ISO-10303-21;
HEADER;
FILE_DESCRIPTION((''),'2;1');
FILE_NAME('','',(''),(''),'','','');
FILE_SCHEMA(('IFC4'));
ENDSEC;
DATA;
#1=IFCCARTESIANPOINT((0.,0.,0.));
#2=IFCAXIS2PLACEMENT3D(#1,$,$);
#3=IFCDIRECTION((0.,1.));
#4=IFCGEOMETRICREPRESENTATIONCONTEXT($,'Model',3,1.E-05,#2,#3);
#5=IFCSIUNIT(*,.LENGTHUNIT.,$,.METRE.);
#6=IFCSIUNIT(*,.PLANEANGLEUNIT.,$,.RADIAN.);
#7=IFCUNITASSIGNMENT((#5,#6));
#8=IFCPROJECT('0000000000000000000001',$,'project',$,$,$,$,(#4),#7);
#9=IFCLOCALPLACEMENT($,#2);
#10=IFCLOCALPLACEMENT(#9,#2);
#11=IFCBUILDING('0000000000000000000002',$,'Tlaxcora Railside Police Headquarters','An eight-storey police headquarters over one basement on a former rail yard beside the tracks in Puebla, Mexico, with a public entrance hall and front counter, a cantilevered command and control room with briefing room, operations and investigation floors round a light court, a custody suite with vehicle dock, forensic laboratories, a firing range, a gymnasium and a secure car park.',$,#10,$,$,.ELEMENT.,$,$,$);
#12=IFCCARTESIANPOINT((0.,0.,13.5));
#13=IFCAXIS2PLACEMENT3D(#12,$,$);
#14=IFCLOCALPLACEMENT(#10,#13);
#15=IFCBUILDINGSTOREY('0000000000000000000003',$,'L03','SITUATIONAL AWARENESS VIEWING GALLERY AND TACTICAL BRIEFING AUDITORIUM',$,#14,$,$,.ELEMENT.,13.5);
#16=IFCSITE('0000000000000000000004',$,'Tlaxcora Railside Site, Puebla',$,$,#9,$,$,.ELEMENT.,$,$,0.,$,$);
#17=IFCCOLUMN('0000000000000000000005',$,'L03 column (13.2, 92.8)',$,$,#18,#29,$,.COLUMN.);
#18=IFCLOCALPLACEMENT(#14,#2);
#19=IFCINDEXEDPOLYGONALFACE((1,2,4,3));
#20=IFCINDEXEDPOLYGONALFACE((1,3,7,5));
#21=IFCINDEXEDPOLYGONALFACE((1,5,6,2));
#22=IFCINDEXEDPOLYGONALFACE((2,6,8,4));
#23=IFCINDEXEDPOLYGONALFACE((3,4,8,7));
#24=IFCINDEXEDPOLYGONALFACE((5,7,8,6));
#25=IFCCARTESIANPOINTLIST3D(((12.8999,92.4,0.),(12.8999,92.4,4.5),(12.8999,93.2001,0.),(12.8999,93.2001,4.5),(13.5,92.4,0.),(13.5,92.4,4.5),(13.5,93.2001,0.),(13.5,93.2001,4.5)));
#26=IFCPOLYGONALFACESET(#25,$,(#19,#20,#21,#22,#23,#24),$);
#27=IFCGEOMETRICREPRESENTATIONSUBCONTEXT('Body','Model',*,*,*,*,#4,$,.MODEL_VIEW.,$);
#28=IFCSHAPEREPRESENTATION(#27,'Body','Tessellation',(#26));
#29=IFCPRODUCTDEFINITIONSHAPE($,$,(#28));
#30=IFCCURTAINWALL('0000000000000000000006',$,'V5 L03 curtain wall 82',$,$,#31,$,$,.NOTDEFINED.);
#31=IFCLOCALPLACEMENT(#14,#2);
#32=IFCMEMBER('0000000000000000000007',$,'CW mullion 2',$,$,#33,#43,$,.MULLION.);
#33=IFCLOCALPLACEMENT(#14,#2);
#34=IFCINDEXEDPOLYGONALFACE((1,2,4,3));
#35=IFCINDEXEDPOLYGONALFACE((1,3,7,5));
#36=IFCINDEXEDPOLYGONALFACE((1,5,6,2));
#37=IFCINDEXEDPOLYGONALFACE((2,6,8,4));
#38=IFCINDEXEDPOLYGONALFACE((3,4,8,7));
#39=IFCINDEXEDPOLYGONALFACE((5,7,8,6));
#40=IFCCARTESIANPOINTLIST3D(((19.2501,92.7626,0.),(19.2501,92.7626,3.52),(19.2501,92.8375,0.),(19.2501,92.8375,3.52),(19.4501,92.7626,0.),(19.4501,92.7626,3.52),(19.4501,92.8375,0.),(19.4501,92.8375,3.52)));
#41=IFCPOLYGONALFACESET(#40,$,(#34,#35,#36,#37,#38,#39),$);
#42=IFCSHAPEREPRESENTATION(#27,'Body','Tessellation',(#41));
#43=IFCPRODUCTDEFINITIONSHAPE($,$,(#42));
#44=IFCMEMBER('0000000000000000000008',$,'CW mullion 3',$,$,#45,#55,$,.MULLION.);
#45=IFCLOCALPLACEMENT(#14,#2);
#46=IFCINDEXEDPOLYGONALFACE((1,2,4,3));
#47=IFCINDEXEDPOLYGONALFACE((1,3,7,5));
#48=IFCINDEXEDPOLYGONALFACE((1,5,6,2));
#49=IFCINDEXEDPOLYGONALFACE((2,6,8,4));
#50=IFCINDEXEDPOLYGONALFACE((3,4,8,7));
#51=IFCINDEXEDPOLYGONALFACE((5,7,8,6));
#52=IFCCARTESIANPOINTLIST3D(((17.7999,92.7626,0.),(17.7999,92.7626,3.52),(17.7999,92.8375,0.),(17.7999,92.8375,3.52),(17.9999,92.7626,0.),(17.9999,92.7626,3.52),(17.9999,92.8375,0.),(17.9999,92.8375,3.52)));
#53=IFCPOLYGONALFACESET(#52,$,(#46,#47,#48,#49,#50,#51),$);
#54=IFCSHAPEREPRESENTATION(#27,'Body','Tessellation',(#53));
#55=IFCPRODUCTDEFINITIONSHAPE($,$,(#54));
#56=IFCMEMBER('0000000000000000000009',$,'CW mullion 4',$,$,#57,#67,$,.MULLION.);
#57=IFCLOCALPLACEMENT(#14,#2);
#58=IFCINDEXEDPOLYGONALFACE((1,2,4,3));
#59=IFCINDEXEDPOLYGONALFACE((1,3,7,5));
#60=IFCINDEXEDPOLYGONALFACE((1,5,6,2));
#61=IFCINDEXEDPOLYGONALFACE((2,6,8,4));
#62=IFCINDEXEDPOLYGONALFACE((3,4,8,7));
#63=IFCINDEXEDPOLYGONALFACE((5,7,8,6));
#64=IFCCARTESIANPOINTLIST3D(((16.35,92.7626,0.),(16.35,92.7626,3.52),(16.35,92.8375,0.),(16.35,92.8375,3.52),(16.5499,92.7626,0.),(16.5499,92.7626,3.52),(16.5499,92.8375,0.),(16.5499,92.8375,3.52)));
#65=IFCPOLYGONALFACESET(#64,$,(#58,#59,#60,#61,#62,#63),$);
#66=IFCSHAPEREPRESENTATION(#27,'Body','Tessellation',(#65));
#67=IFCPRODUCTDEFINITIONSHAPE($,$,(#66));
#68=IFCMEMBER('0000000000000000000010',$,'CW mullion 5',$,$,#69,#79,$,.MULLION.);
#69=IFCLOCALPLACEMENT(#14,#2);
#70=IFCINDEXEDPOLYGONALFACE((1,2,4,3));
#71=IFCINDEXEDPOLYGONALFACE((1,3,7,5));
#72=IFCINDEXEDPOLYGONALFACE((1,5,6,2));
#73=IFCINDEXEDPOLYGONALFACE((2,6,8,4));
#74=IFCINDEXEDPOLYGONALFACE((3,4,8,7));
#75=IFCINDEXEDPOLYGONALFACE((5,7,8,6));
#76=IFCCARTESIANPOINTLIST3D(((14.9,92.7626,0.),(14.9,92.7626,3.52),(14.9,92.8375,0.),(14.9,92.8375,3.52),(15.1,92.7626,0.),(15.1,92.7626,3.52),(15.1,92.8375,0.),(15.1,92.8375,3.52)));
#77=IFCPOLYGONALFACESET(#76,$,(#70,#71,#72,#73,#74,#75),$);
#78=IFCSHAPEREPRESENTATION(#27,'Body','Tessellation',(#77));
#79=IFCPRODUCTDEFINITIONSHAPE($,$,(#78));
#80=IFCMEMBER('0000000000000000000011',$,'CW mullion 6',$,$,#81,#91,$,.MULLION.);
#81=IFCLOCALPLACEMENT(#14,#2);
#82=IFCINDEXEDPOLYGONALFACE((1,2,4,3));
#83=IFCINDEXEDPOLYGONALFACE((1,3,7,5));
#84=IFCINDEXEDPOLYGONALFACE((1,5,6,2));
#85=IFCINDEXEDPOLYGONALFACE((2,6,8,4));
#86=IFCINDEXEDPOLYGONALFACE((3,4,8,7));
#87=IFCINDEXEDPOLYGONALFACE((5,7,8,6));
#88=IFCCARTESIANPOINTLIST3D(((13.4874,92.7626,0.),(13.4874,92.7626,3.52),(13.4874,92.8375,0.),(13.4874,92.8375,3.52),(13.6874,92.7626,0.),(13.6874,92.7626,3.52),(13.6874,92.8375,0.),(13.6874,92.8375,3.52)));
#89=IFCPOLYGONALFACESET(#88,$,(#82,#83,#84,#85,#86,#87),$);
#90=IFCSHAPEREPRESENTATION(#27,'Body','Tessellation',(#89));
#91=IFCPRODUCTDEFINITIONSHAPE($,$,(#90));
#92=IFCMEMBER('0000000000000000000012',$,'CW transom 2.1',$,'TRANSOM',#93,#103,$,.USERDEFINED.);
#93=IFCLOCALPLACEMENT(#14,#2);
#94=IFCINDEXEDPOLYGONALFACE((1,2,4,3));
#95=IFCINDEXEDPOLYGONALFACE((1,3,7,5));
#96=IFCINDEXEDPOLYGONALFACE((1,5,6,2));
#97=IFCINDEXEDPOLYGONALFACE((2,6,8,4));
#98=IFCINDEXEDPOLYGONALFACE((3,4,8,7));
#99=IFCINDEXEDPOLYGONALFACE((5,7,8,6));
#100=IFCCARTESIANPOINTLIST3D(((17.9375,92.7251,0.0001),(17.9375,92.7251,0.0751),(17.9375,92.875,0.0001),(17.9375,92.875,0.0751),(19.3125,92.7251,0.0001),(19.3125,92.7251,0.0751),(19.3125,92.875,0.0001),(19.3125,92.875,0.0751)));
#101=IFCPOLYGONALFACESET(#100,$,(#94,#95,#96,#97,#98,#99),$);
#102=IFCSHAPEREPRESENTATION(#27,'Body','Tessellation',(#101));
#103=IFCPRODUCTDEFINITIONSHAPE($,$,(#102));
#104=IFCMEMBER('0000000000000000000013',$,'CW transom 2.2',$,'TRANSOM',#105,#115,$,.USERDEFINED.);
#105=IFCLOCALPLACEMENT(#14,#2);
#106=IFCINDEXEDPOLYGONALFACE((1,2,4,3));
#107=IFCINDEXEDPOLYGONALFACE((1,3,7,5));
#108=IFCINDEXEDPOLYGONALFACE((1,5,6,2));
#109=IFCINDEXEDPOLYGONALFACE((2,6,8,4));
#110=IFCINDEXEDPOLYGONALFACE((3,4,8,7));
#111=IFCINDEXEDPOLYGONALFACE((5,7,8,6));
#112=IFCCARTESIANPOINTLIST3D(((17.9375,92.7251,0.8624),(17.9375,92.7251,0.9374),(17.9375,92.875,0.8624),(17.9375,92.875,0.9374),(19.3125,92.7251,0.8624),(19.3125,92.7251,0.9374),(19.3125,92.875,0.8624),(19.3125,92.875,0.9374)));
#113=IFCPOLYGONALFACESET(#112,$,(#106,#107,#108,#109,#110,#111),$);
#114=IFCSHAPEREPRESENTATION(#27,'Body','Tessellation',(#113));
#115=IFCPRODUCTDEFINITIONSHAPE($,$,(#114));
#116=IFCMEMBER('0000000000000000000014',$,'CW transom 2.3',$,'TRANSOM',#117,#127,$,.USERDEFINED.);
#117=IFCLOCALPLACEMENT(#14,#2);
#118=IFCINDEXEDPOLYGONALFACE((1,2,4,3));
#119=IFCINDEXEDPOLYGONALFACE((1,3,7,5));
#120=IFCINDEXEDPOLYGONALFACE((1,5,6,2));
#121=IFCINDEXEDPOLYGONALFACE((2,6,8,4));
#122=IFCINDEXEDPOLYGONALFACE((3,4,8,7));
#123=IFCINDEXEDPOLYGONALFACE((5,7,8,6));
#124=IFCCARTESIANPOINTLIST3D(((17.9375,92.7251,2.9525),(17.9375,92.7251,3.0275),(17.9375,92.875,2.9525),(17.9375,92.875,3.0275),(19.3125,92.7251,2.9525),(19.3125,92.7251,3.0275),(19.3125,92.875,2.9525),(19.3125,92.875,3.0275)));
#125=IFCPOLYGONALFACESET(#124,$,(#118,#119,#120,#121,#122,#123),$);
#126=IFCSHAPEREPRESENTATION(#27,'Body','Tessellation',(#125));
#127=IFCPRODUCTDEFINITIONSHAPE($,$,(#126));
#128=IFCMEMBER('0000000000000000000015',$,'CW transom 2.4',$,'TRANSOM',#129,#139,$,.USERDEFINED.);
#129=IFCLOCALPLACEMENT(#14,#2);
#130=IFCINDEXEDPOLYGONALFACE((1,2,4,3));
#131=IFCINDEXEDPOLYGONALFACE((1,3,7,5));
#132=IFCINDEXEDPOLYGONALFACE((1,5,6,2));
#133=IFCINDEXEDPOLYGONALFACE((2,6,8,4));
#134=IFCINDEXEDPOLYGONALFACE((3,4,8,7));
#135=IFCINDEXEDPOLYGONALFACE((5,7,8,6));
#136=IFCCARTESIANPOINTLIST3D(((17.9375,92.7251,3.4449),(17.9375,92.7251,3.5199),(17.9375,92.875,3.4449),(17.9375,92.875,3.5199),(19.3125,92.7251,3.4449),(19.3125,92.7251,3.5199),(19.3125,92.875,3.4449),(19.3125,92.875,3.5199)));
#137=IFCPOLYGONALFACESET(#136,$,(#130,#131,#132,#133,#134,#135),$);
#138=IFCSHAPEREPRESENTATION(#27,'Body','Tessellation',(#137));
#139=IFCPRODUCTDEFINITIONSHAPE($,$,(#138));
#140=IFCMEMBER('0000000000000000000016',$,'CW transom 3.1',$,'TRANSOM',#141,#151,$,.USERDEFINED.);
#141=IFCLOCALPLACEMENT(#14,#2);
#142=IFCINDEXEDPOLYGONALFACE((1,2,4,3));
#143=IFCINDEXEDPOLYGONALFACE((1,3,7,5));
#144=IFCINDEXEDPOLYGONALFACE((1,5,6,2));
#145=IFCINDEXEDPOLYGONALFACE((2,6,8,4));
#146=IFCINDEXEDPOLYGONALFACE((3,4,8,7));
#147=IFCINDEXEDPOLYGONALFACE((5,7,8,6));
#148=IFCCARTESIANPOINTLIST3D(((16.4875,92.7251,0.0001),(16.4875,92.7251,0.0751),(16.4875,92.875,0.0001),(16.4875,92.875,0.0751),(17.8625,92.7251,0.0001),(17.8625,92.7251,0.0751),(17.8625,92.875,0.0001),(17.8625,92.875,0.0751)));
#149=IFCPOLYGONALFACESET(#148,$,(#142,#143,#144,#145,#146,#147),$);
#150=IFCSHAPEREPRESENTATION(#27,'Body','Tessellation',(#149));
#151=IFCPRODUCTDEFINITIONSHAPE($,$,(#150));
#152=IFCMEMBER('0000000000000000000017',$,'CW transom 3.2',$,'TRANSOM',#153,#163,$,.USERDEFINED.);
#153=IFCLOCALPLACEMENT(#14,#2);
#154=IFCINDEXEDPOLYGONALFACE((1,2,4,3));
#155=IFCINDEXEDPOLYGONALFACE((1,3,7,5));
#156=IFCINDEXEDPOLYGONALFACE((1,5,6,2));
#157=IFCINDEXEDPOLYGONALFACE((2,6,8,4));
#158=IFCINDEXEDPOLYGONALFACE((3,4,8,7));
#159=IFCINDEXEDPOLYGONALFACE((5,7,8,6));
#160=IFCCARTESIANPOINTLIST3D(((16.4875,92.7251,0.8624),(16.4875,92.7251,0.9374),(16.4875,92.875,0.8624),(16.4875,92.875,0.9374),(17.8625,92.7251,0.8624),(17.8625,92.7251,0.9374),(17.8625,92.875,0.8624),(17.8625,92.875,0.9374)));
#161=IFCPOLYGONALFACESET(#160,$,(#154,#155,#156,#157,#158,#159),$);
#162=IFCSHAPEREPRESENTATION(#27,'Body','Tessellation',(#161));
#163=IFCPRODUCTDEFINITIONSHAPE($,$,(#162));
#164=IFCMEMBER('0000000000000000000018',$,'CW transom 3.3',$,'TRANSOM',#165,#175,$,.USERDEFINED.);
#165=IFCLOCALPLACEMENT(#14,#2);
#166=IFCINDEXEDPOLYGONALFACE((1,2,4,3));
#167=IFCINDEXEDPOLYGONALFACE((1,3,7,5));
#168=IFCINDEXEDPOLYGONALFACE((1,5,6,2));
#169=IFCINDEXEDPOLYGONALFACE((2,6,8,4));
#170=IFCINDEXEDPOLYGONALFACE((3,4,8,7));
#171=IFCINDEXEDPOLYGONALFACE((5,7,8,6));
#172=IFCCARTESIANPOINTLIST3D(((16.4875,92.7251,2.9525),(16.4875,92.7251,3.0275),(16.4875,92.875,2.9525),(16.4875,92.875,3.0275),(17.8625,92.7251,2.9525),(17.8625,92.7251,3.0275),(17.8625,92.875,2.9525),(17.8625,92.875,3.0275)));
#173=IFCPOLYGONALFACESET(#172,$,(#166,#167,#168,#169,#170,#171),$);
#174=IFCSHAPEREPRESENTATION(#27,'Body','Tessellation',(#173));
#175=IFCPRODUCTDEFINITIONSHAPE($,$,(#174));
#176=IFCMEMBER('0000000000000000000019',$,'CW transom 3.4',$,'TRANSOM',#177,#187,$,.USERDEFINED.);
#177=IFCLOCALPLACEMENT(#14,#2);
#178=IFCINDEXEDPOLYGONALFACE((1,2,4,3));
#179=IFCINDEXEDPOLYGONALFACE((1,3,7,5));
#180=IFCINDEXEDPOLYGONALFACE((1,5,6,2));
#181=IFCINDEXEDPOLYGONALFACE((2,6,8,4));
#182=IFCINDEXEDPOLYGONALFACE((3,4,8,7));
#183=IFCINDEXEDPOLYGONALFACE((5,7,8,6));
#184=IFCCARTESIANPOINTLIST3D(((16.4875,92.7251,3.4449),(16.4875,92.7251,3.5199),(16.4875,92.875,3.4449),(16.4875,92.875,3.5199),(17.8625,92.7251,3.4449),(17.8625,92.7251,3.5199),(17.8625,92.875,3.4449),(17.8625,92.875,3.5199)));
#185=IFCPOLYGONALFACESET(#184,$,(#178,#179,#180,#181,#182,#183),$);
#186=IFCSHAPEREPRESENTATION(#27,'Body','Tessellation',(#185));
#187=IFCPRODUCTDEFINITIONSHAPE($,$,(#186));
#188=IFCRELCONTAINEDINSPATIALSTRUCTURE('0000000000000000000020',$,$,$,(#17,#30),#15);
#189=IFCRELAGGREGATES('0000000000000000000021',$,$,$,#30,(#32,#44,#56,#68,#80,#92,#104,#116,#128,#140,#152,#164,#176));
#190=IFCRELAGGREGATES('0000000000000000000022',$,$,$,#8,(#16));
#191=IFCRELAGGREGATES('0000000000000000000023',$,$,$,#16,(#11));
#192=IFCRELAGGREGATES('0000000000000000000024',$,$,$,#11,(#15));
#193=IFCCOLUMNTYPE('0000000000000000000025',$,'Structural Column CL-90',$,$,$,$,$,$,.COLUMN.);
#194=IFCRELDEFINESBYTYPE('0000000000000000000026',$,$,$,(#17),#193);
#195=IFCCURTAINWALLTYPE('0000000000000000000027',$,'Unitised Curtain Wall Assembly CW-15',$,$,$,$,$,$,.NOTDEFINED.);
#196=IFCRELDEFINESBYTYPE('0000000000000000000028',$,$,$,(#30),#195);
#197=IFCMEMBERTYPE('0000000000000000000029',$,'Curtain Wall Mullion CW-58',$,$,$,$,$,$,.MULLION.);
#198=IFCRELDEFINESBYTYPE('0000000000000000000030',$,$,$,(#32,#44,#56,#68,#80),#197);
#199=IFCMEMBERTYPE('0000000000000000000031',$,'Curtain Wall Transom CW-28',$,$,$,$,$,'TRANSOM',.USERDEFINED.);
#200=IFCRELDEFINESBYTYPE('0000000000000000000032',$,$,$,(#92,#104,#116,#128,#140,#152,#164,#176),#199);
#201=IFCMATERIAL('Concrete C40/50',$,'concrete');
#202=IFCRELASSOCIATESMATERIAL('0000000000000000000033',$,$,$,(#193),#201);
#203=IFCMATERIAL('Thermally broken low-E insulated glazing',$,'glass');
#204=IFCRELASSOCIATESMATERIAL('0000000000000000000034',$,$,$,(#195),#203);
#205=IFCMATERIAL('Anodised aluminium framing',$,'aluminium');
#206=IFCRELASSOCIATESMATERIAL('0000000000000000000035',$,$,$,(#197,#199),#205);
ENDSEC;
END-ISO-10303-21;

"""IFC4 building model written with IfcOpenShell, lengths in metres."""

from ifc_helpers import new_model, si_unit, direction, frame, origin, origin_2d, place, context, subcontext, project, spatial, rectangle, extrude, material, material_profile, profile_set, type_object, element, aggregate, save


model = new_model("IFC4")

# Units and contexts
model_context = context("Model", 3, precision=1e-05, world=origin(), true_north=direction((0.0, 1.0)))
body_context = subcontext(model_context, "Body", "Model", "MODEL_VIEW")
ifc_project = project(units=[si_unit("LENGTHUNIT", "METRE"), si_unit("PLANEANGLEUNIT", "RADIAN")], contexts=[model_context])

# Site, building, storey
site_placement = place(None, origin())
site = spatial("IfcSite", under=ifc_project, at=site_placement, Name="Tlaxcora Railside Site, Puebla", CompositionType="ELEMENT", RefElevation=0.0)
building_placement = place(site_placement, origin())
building = spatial("IfcBuilding", under=site, at=building_placement, Name="Tlaxcora Railside Police Headquarters", Description="An eight-storey police headquarters over one basement on a former rail yard beside the tracks in Puebla, Mexico, with a public entrance hall and front counter, a cantilevered command and control room with briefing room, operations and investigation floors round a light court, a custody suite with vehicle dock, forensic laboratories, a firing range, a gymnasium and a secure car park.", CompositionType="ELEMENT")
storey_placement = place(building_placement, frame((0.0, 0.0, 13.5)))
storey = spatial("IfcBuildingStorey", under=building, at=storey_placement, Name="L03", Description="SITUATIONAL AWARENESS VIEWING GALLERY AND TACTICAL BRIEFING AUDITORIUM", CompositionType="ELEMENT", Elevation=13.5)

# Column
ifc_material_1 = material(Name="Concrete C40/50", Category="concrete")
ifc_material_profile_1 = material_profile(ifc_material_1, rectangle(XDim=0.6001, YDim=0.8, at=origin_2d()), Name="RC600X800")
ifc_profile_set_1 = profile_set([ifc_material_profile_1], Name="Concrete C40/50")
column_type = type_object("IfcColumnType", Name="Structural Column CL-90", PredefinedType="COLUMN", material=ifc_profile_set_1)
column_placement = place(storey_placement, frame((13.2, 92.8, 0.0), z_axis=(0.0, 0.0, 1.0), x_axis=(1.0, 0.0, 0.0)))
element("IfcColumn", 1, at=column_placement, inside=storey, type_object=column_type, Name="L03 column (13.2, 92.8)", PredefinedType="COLUMN", context=body_context, shape_type="SweptSolid", body=[
    extrude(rectangle(XDim=0.6001, YDim=0.8, at=origin_2d()), origin(), (0.0, 0.0, 1.0), 4.5),
])

# Curtain wall, members
ifc_material_2 = material(Name="Thermally broken low-E insulated glazing", Category="glass")
curtain_wall_type = type_object("IfcCurtainWallType", Name="Unitised Curtain Wall Assembly CW-15", PredefinedType="NOTDEFINED", material=ifc_material_2)
curtain_wall_placement = place(storey_placement, origin())
curtain_wall = element("IfcCurtainWall", 2, at=curtain_wall_placement, inside=storey, type_object=curtain_wall_type, Name="V5 L03 curtain wall 82", PredefinedType="NOTDEFINED")
ifc_material_3 = material(Name="Anodised aluminium framing", Category="aluminium")
ifc_material_profile_2 = material_profile(ifc_material_3, rectangle(XDim=0.075, YDim=0.2, at=origin_2d()), Name="AL75X200")
ifc_profile_set_2 = profile_set([ifc_material_profile_2], Name="Anodised aluminium framing")
member_type_1 = type_object("IfcMemberType", Name="Curtain Wall Mullion CW-58", PredefinedType="MULLION", material=ifc_profile_set_2)
member_1_placement = place(storey_placement, frame((19.3501, 92.8, 0.0), z_axis=(0.0, 0.0, 1.0), x_axis=(0.0, -1.0, 0.0)))
member_1 = element("IfcMember", 3, at=member_1_placement, type_object=member_type_1, Name="CW mullion 2", PredefinedType="MULLION", context=body_context, shape_type="SweptSolid", body=[
    extrude(rectangle(XDim=0.075, YDim=0.2, at=origin_2d()), origin(), (0.0, 0.0, 1.0), 3.52),
])
member_2_placement = place(storey_placement, frame((17.8999, 92.8, 0.0), z_axis=(0.0, 0.0, 1.0), x_axis=(0.0, -1.0, 0.0)))
member_2 = element("IfcMember", 4, at=member_2_placement, type_object=member_type_1, Name="CW mullion 3", PredefinedType="MULLION", context=body_context, shape_type="SweptSolid", body=[
    extrude(rectangle(XDim=0.075, YDim=0.2, at=origin_2d()), origin(), (0.0, 0.0, 1.0), 3.52),
])
member_3_placement = place(storey_placement, frame((16.45, 92.8, 0.0), z_axis=(0.0, 0.0, 1.0), x_axis=(0.0, -1.0, 0.0)))
member_3 = element("IfcMember", 5, at=member_3_placement, type_object=member_type_1, Name="CW mullion 4", PredefinedType="MULLION", context=body_context, shape_type="SweptSolid", body=[
    extrude(rectangle(XDim=0.075, YDim=0.2, at=origin_2d()), origin(), (0.0, 0.0, 1.0), 3.52),
])
member_4_placement = place(storey_placement, frame((15.0, 92.8, 0.0), z_axis=(0.0, 0.0, 1.0), x_axis=(0.0, -1.0, 0.0)))
member_4 = element("IfcMember", 6, at=member_4_placement, type_object=member_type_1, Name="CW mullion 5", PredefinedType="MULLION", context=body_context, shape_type="SweptSolid", body=[
    extrude(rectangle(XDim=0.075, YDim=0.2, at=origin_2d()), origin(), (0.0, 0.0, 1.0), 3.52),
])
member_5_placement = place(storey_placement, frame((13.5874, 92.8, 0.0), z_axis=(0.0, 0.0, 1.0), x_axis=(0.0, -1.0, 0.0)))
member_5 = element("IfcMember", 7, at=member_5_placement, type_object=member_type_1, Name="CW mullion 6", PredefinedType="MULLION", context=body_context, shape_type="SweptSolid", body=[
    extrude(rectangle(XDim=0.075, YDim=0.2, at=origin_2d()), origin(), (0.0, 0.0, 1.0), 3.52),
])
ifc_material_profile_3 = material_profile(ifc_material_3, rectangle(XDim=0.1499, YDim=0.075, at=origin_2d()), Name="AL75X150")
ifc_profile_set_3 = profile_set([ifc_material_profile_3], Name="Anodised aluminium framing")
member_type_2 = type_object("IfcMemberType", Name="Curtain Wall Transom CW-28", ElementType="TRANSOM", PredefinedType="USERDEFINED", material=ifc_profile_set_3)
member_6_placement = place(storey_placement, frame((19.3125, 92.8, 0.0376), z_axis=(-1.0, 0.0, 0.0), x_axis=(0.0, -1.0, 0.0)))
member_6 = element("IfcMember", 8, at=member_6_placement, type_object=member_type_2, Name="CW transom 2.1", ObjectType="TRANSOM", PredefinedType="USERDEFINED", context=body_context, shape_type="SweptSolid", body=[
    extrude(rectangle(XDim=0.1499, YDim=0.075, at=origin_2d()), origin(), (0.0, 0.0, 1.0), 1.375),
])
member_7_placement = place(storey_placement, frame((19.3125, 92.8, 0.8999), z_axis=(-1.0, 0.0, 0.0), x_axis=(0.0, -1.0, 0.0)))
member_7 = element("IfcMember", 9, at=member_7_placement, type_object=member_type_2, Name="CW transom 2.2", ObjectType="TRANSOM", PredefinedType="USERDEFINED", context=body_context, shape_type="SweptSolid", body=[
    extrude(rectangle(XDim=0.1499, YDim=0.075, at=origin_2d()), origin(), (0.0, 0.0, 1.0), 1.375),
])
member_8_placement = place(storey_placement, frame((19.3125, 92.8, 2.99), z_axis=(-1.0, 0.0, 0.0), x_axis=(0.0, -1.0, 0.0)))
member_8 = element("IfcMember", 10, at=member_8_placement, type_object=member_type_2, Name="CW transom 2.3", ObjectType="TRANSOM", PredefinedType="USERDEFINED", context=body_context, shape_type="SweptSolid", body=[
    extrude(rectangle(XDim=0.1499, YDim=0.075, at=origin_2d()), origin(), (0.0, 0.0, 1.0), 1.375),
])
member_9_placement = place(storey_placement, frame((19.3125, 92.8, 3.4824), z_axis=(-1.0, 0.0, 0.0), x_axis=(0.0, -1.0, 0.0)))
member_9 = element("IfcMember", 11, at=member_9_placement, type_object=member_type_2, Name="CW transom 2.4", ObjectType="TRANSOM", PredefinedType="USERDEFINED", context=body_context, shape_type="SweptSolid", body=[
    extrude(rectangle(XDim=0.1499, YDim=0.075, at=origin_2d()), origin(), (0.0, 0.0, 1.0), 1.375),
])
member_10_placement = place(storey_placement, frame((17.8625, 92.8, 0.0376), z_axis=(-1.0, 0.0, 0.0), x_axis=(0.0, -1.0, 0.0)))
member_10 = element("IfcMember", 12, at=member_10_placement, type_object=member_type_2, Name="CW transom 3.1", ObjectType="TRANSOM", PredefinedType="USERDEFINED", context=body_context, shape_type="SweptSolid", body=[
    extrude(rectangle(XDim=0.1499, YDim=0.075, at=origin_2d()), origin(), (0.0, 0.0, 1.0), 1.375),
])
member_11_placement = place(storey_placement, frame((17.8625, 92.8, 0.8999), z_axis=(-1.0, 0.0, 0.0), x_axis=(0.0, -1.0, 0.0)))
member_11 = element("IfcMember", 13, at=member_11_placement, type_object=member_type_2, Name="CW transom 3.2", ObjectType="TRANSOM", PredefinedType="USERDEFINED", context=body_context, shape_type="SweptSolid", body=[
    extrude(rectangle(XDim=0.1499, YDim=0.075, at=origin_2d()), origin(), (0.0, 0.0, 1.0), 1.375),
])
member_12_placement = place(storey_placement, frame((17.8625, 92.8, 2.99), z_axis=(-1.0, 0.0, 0.0), x_axis=(0.0, -1.0, 0.0)))
member_12 = element("IfcMember", 14, at=member_12_placement, type_object=member_type_2, Name="CW transom 3.3", ObjectType="TRANSOM", PredefinedType="USERDEFINED", context=body_context, shape_type="SweptSolid", body=[
    extrude(rectangle(XDim=0.1499, YDim=0.075, at=origin_2d()), origin(), (0.0, 0.0, 1.0), 1.375),
])
member_13_placement = place(storey_placement, frame((17.8625, 92.8, 3.4824), z_axis=(-1.0, 0.0, 0.0), x_axis=(0.0, -1.0, 0.0)))
member_13 = element("IfcMember", 15, at=member_13_placement, type_object=member_type_2, Name="CW transom 3.4", ObjectType="TRANSOM", PredefinedType="USERDEFINED", context=body_context, shape_type="SweptSolid", body=[
    extrude(rectangle(XDim=0.1499, YDim=0.075, at=origin_2d()), origin(), (0.0, 0.0, 1.0), 1.375),
])

aggregate(curtain_wall, [member_1, member_2, member_3, member_4, member_5, member_6, member_7, member_8, member_9, member_10, member_11, member_12, member_13])

save(model, "model.ifc")
